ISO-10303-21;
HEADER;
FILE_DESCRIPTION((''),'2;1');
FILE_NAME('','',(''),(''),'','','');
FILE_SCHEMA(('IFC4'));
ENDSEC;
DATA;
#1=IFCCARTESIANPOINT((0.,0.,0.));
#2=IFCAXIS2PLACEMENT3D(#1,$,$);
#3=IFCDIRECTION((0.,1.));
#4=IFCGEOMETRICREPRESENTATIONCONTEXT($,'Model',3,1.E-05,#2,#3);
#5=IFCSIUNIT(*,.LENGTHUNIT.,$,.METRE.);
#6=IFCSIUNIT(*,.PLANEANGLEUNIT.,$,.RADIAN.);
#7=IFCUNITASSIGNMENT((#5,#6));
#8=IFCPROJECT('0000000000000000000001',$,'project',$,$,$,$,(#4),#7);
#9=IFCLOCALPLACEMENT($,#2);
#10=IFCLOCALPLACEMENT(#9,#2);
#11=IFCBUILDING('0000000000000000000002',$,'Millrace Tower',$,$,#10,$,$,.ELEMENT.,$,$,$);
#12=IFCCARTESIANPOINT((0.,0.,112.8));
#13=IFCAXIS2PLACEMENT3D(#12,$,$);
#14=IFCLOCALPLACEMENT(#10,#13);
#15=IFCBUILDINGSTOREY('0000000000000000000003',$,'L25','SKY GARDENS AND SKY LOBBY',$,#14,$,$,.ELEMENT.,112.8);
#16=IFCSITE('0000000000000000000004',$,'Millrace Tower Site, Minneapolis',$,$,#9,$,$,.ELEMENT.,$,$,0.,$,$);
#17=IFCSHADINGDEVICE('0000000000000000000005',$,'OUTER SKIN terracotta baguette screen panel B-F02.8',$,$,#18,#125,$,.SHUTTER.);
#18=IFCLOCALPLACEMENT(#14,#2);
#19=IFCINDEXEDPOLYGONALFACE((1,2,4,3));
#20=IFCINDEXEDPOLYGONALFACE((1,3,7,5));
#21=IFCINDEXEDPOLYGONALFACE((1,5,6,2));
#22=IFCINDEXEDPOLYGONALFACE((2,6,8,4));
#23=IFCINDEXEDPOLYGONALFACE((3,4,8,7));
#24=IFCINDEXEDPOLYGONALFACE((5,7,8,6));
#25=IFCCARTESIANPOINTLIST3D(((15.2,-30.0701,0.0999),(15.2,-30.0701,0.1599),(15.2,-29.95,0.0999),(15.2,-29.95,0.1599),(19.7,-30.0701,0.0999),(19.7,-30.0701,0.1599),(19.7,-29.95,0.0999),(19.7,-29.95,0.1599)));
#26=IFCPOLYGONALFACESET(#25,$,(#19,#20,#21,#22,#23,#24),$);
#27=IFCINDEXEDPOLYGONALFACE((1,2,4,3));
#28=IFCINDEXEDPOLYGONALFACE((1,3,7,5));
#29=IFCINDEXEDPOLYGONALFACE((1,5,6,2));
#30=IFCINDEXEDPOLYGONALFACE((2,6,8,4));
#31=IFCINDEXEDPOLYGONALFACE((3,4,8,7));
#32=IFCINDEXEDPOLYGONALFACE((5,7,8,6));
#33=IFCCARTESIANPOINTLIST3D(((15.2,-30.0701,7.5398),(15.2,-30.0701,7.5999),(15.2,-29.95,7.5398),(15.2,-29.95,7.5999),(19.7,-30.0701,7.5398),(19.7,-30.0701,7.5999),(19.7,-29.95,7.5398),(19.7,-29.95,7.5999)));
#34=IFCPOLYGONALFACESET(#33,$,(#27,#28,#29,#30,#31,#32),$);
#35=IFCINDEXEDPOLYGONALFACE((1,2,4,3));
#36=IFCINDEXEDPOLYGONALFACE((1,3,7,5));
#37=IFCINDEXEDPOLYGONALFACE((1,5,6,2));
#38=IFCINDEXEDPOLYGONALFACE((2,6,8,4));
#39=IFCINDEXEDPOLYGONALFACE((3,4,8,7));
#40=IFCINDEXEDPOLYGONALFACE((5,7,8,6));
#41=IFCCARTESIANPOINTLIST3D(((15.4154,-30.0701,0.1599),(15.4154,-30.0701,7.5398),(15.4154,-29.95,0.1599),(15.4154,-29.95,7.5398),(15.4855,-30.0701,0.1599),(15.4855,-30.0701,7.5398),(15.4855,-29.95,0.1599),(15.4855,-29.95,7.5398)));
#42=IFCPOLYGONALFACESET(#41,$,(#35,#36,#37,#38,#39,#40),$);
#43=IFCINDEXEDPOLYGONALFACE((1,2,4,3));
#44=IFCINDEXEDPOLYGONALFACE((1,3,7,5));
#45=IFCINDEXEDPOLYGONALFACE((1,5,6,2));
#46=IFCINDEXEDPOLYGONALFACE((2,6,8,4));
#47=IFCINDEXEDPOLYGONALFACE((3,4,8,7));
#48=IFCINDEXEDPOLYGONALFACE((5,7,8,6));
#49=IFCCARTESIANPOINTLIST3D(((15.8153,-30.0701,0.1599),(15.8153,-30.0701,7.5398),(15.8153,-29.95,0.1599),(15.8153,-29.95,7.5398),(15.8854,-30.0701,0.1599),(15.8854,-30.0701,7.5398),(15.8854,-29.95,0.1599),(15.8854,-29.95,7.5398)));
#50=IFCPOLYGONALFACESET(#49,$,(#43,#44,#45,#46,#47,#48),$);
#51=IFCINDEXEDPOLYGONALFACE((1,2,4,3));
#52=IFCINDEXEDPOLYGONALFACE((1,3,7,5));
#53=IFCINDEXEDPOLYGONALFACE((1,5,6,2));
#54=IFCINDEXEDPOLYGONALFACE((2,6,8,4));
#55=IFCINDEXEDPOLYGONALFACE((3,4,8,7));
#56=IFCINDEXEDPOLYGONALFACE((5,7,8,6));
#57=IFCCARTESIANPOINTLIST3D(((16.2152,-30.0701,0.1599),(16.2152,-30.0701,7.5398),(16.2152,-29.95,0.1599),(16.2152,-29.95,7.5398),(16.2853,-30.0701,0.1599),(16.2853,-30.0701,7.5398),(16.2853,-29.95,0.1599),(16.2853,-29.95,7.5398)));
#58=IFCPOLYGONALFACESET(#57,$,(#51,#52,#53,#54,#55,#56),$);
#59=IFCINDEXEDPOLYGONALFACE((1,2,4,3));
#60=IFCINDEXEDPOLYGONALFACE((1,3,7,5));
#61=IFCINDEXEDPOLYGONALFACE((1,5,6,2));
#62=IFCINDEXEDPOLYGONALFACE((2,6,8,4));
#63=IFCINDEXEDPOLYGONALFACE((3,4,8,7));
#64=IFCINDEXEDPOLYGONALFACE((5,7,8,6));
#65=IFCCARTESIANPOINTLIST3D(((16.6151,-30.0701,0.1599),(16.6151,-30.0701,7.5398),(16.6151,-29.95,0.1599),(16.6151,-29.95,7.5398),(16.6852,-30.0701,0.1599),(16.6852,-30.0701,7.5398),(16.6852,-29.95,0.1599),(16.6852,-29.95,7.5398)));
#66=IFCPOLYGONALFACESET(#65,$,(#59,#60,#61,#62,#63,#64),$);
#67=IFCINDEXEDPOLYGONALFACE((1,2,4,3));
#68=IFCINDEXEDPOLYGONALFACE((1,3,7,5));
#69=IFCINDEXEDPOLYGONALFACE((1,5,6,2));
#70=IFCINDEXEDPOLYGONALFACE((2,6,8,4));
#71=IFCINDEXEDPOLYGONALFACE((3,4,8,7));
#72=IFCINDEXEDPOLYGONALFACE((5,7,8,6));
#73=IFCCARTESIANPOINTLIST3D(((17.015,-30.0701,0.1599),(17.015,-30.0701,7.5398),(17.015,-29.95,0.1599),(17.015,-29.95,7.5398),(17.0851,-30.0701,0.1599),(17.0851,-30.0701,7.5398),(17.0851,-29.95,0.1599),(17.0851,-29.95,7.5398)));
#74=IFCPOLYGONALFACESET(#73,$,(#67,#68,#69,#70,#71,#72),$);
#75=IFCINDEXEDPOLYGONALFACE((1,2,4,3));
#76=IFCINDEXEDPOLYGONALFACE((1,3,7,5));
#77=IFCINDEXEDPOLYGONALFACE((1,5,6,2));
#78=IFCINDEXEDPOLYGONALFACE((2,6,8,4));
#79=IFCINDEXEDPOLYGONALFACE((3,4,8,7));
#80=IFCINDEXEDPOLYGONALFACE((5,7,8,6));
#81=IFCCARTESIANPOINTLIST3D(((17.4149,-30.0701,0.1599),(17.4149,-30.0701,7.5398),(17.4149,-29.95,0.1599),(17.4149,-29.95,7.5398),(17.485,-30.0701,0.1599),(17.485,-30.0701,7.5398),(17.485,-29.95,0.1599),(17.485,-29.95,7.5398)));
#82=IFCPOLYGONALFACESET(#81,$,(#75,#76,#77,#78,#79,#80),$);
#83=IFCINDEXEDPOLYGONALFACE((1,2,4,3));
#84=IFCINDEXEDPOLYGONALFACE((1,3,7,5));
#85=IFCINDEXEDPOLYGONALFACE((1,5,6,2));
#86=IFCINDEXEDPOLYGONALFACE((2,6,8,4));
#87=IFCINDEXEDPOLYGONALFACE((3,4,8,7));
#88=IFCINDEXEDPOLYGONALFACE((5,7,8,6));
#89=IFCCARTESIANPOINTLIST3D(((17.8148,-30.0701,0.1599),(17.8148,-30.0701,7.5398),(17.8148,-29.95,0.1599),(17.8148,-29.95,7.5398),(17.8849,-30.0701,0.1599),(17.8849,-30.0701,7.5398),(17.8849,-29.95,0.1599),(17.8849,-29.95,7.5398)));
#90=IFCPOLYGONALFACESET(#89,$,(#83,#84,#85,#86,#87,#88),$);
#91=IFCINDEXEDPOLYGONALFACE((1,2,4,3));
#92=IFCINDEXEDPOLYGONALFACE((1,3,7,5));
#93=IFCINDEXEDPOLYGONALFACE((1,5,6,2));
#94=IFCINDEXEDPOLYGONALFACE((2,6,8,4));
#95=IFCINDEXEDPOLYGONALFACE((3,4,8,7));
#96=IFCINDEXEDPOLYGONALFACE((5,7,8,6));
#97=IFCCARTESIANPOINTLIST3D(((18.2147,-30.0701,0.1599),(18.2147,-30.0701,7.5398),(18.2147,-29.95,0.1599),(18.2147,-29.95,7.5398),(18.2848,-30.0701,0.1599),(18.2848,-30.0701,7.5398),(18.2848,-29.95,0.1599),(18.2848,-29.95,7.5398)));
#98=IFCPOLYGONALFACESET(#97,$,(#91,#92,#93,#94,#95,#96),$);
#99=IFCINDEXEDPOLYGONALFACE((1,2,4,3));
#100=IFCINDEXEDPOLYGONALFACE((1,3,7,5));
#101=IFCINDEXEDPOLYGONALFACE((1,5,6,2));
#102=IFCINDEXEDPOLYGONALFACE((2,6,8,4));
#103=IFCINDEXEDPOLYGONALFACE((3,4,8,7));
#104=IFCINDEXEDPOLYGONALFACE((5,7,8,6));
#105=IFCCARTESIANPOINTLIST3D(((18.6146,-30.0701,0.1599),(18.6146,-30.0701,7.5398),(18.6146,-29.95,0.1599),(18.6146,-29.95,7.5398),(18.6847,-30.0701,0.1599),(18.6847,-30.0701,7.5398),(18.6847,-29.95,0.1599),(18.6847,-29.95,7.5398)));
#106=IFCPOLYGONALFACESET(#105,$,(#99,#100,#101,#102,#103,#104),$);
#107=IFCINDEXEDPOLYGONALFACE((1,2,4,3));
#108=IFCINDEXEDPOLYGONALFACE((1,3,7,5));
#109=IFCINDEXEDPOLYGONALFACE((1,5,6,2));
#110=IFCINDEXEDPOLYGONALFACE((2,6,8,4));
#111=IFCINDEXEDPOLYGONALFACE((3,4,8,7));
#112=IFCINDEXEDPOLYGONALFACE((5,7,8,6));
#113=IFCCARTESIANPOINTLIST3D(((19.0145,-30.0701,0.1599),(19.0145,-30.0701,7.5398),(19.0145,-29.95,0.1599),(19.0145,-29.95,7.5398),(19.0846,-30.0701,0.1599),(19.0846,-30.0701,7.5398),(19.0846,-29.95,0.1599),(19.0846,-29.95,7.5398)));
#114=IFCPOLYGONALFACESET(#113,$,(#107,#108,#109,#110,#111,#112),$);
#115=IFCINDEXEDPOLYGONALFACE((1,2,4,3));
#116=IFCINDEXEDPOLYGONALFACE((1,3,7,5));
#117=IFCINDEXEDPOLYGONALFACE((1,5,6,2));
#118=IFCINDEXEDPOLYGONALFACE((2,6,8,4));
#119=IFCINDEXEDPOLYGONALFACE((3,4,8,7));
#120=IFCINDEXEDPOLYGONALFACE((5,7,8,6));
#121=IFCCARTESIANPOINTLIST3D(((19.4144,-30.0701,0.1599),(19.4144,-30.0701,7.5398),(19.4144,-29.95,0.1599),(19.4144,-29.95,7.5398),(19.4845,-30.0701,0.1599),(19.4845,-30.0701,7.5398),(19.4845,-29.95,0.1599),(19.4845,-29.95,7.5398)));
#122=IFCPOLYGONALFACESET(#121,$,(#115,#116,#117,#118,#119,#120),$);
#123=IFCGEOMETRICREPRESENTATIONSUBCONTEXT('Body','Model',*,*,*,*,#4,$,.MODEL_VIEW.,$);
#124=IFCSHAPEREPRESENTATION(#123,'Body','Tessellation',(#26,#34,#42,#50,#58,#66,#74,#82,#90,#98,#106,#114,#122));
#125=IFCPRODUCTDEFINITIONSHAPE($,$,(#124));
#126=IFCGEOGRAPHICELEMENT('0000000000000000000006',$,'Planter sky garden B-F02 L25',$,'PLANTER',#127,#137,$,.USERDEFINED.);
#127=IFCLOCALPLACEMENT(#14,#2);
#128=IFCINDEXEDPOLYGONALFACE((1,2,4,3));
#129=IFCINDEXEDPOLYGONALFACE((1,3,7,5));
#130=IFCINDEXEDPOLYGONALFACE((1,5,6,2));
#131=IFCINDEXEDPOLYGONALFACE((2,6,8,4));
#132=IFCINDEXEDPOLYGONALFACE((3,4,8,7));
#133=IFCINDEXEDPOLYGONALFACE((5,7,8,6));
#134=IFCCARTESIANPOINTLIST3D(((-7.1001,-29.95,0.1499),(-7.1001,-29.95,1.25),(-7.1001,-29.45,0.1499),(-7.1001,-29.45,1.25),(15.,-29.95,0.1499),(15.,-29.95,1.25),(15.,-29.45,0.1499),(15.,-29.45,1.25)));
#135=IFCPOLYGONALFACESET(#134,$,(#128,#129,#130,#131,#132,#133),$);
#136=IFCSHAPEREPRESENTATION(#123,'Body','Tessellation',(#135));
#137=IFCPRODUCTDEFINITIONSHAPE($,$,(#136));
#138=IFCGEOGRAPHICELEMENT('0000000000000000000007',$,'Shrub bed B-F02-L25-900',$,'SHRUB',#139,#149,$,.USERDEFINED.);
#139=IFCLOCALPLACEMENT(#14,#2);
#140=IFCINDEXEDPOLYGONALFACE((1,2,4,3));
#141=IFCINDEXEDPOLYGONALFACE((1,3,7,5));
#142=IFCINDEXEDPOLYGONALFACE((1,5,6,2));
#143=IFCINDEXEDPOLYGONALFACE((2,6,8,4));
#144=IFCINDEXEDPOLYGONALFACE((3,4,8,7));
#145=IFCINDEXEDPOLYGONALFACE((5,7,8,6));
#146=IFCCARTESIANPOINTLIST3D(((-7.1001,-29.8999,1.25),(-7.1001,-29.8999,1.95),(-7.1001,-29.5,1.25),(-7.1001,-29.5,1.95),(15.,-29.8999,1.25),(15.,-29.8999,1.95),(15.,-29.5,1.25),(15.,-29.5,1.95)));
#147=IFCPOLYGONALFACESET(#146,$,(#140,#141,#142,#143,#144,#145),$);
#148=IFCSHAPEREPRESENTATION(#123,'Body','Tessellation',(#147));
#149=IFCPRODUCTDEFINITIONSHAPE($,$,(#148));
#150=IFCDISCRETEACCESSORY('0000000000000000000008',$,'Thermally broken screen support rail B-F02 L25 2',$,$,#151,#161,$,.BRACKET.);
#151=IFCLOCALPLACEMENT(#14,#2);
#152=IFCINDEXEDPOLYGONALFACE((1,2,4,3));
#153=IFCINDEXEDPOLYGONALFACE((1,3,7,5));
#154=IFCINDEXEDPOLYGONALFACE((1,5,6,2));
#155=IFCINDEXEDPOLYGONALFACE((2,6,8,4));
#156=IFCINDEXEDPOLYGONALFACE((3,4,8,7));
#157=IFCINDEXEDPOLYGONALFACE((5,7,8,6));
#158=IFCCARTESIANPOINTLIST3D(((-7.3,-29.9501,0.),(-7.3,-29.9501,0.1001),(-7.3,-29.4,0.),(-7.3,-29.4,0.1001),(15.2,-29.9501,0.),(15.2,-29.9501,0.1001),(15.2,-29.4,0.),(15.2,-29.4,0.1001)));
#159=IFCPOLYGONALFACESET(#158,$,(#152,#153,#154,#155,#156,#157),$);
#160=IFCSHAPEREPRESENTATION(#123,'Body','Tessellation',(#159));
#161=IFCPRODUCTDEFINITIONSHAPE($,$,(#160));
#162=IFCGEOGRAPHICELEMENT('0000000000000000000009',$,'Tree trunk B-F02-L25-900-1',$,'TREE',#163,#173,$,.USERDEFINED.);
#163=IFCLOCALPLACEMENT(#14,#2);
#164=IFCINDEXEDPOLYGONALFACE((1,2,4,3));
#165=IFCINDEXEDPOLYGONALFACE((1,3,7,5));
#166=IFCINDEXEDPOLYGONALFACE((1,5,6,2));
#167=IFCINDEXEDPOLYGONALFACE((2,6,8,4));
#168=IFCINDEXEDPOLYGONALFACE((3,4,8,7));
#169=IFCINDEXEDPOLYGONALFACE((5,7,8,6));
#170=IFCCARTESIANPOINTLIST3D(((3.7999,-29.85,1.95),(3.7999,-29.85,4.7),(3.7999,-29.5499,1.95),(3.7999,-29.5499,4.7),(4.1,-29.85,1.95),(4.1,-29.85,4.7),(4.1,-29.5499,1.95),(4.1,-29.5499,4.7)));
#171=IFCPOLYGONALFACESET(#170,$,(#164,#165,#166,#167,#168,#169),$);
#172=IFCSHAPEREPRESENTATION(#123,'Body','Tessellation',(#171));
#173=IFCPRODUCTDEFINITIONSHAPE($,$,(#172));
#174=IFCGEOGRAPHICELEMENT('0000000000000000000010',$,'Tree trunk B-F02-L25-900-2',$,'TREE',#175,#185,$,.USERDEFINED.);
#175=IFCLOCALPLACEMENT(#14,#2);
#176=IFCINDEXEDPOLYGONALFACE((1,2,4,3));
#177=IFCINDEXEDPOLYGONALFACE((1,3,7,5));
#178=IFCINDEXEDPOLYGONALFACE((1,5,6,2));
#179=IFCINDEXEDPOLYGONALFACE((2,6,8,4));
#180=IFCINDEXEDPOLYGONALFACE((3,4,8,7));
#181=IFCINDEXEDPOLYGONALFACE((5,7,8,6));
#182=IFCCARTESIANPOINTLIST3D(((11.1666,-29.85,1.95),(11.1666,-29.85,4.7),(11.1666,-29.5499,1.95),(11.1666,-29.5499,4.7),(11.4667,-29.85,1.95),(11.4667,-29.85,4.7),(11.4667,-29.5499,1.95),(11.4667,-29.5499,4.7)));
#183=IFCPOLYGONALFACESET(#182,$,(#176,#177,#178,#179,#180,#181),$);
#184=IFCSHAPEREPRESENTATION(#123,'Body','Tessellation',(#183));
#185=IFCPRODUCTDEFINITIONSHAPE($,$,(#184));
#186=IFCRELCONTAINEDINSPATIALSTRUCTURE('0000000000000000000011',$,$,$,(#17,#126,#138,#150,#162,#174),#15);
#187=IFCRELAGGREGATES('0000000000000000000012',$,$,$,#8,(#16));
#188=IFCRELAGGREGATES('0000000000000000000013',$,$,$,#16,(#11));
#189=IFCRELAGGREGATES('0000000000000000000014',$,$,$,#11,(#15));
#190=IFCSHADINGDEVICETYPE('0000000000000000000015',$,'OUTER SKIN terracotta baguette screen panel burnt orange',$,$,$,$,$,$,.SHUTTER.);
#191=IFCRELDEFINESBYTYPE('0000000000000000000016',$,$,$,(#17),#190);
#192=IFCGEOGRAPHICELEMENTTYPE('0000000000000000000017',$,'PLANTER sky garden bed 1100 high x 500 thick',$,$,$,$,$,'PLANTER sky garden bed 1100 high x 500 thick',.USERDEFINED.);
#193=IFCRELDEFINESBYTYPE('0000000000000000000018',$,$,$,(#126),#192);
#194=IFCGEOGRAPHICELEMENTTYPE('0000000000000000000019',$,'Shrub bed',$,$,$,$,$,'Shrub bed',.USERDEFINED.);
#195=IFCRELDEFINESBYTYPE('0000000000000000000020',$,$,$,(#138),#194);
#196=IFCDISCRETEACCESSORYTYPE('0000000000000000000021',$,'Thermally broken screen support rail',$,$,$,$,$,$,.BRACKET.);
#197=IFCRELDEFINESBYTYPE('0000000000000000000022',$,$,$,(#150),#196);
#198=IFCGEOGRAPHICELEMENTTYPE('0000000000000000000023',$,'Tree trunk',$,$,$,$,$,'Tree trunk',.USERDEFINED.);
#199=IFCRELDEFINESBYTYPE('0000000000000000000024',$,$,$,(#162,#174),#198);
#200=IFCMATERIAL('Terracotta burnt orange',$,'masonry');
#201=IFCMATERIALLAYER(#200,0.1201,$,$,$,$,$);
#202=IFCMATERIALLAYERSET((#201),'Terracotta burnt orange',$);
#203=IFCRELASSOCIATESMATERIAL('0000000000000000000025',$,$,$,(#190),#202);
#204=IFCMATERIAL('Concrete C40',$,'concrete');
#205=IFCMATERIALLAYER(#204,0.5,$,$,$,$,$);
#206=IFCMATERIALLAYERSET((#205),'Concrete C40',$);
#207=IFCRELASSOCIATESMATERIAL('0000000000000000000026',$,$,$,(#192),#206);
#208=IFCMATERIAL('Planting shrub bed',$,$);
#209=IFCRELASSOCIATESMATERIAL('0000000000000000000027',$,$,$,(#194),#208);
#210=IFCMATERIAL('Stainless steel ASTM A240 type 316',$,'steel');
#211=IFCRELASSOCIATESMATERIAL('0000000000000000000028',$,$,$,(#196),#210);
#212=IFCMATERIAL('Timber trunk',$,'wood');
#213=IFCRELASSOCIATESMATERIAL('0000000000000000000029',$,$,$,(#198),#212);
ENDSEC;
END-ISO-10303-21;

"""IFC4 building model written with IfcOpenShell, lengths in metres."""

from ifc_helpers import new_model, entity, si_unit, direction, frame, frame_2d, origin, origin_2d, place, context, subcontext, project, spatial, rectangle, extrude, source, transform, mapped, material, layer, layer_set, type_object, element, save


model = new_model("IFC4")

# Units and contexts
model_context = context("Model", 3, precision=1e-05, world=origin(), true_north=direction((0.0, 1.0)))
body_context = subcontext(model_context, "Body", "Model", "MODEL_VIEW")
ifc_project = project(units=[si_unit("LENGTHUNIT", "METRE"), si_unit("PLANEANGLEUNIT", "RADIAN")], contexts=[model_context])

# Site, building, storey
site_placement = place(None, origin())
site = spatial("IfcSite", under=ifc_project, at=site_placement, Name="Millrace Tower Site, Minneapolis", CompositionType="ELEMENT", RefElevation=0.0)
building_placement = place(site_placement, origin())
building = spatial("IfcBuilding", under=site, at=building_placement, Name="Millrace Tower", CompositionType="ELEMENT")
storey_placement = place(building_placement, frame((0.0, 0.0, 112.8)))
storey = spatial("IfcBuildingStorey", under=building, at=storey_placement, Name="L25", Description="SKY GARDENS AND SKY LOBBY", CompositionType="ELEMENT", Elevation=112.8)

# Shading device
ifc_material_1 = material(Name="Terracotta burnt orange", Category="masonry")
ifc_layer_1 = layer(ifc_material_1, 0.1201)
ifc_layer_set_1 = layer_set([ifc_layer_1], Name="Terracotta burnt orange")
shading_device_type = type_object("IfcShadingDeviceType", Name="OUTER SKIN terracotta baguette screen panel burnt orange", PredefinedType="SHUTTER", material=ifc_layer_set_1)
cartesian_point = entity("IfcCartesianPoint", [-2.25, 0.0601])
shared_polyline = entity("IfcPolyline", [cartesian_point, entity("IfcCartesianPoint", [2.25, 0.0601]), entity("IfcCartesianPoint", [2.25, -0.0601]), entity("IfcCartesianPoint", [-2.25, -0.0601]), cartesian_point])
shared_shape = source(origin(), body_context, "Body", "SweptSolid", [
    entity("IfcExtrudedAreaSolid", entity("IfcArbitraryClosedProfileDef", "AREA", None, shared_polyline), entity("IfcAxis2Placement3D", entity("IfcCartesianPoint", [0.0, 0.0, 0.0])), entity("IfcDirection", [0.0, 0.0, 1.0]), 0.0601),
    entity("IfcExtrudedAreaSolid", entity("IfcArbitraryClosedProfileDef", "AREA", None, shared_polyline), entity("IfcAxis2Placement3D", entity("IfcCartesianPoint", [0.0, 0.0, 7.4399])), entity("IfcDirection", [0.0, 0.0, 1.0]), 0.0601),
    extrude(rectangle(XDim=0.0701, YDim=0.1201, at=frame_2d((-1.9995, 0.0))), frame((0.0, 0.0, 0.0601)), (0.0, 0.0, 1.0), 7.3799),
    extrude(rectangle(XDim=0.0701, YDim=0.1201, at=frame_2d((-1.5996, 0.0))), frame((0.0, 0.0, 0.0601)), (0.0, 0.0, 1.0), 7.3799),
    extrude(rectangle(XDim=0.0701, YDim=0.1201, at=frame_2d((-1.1997, 0.0))), frame((0.0, 0.0, 0.0601)), (0.0, 0.0, 1.0), 7.3799),
    extrude(rectangle(XDim=0.0701, YDim=0.1201, at=frame_2d((-0.7998, 0.0))), frame((0.0, 0.0, 0.0601)), (0.0, 0.0, 1.0), 7.3799),
    extrude(rectangle(XDim=0.0701, YDim=0.1201, at=frame_2d((-0.3999, 0.0))), frame((0.0, 0.0, 0.0601)), (0.0, 0.0, 1.0), 7.3799),
    extrude(rectangle(XDim=0.0701, YDim=0.1201, at=origin_2d()), frame((0.0, 0.0, 0.0601)), (0.0, 0.0, 1.0), 7.3799),
    extrude(rectangle(XDim=0.0701, YDim=0.1201, at=frame_2d((0.3999, 0.0))), frame((0.0, 0.0, 0.0601)), (0.0, 0.0, 1.0), 7.3799),
    extrude(rectangle(XDim=0.0701, YDim=0.1201, at=frame_2d((0.7998, 0.0))), frame((0.0, 0.0, 0.0601)), (0.0, 0.0, 1.0), 7.3799),
    extrude(rectangle(XDim=0.0701, YDim=0.1201, at=frame_2d((1.1997, 0.0))), frame((0.0, 0.0, 0.0601)), (0.0, 0.0, 1.0), 7.3799),
    extrude(rectangle(XDim=0.0701, YDim=0.1201, at=frame_2d((1.5996, 0.0))), frame((0.0, 0.0, 0.0601)), (0.0, 0.0, 1.0), 7.3799),
    extrude(rectangle(XDim=0.0701, YDim=0.1201, at=frame_2d((1.9995, 0.0))), frame((0.0, 0.0, 0.0601)), (0.0, 0.0, 1.0), 7.3799),
])
shading_device_placement = place(storey_placement, frame((17.45, -30.01, 0.0999), z_axis=(0.0, 0.0, 1.0), x_axis=(1.0, 0.0, 0.0)))
element("IfcShadingDevice", 1, at=shading_device_placement, inside=storey, type_object=shading_device_type, Name="OUTER SKIN terracotta baguette screen panel B-F02.8", PredefinedType="SHUTTER", context=body_context, shape_type="MappedRepresentation", body=[
    mapped(shared_shape, transform((0.0, 0.0, 0.0), scale=1.0)),
])

# Geographic elements
ifc_material_2 = material(Name="Concrete C40", Category="concrete")
ifc_layer_2 = layer(ifc_material_2, 0.5)
ifc_layer_set_2 = layer_set([ifc_layer_2], Name="Concrete C40")
geographic_element_type_1 = type_object("IfcGeographicElementType", Name="PLANTER sky garden bed 1100 high x 500 thick", ElementType="PLANTER sky garden bed 1100 high x 500 thick", PredefinedType="USERDEFINED", material=ifc_layer_set_2)
geographic_element_1_placement = place(storey_placement, frame((3.95, -29.7, 0.1499), z_axis=(0.0, 0.0, 1.0), x_axis=(1.0, 0.0, 0.0)))
element("IfcGeographicElement", 2, at=geographic_element_1_placement, inside=storey, type_object=geographic_element_type_1, Name="Planter sky garden B-F02 L25", ObjectType="PLANTER", PredefinedType="USERDEFINED", context=body_context, shape_type="SweptSolid", body=[
    extrude(rectangle(XDim=22.1001, YDim=0.5, at=origin_2d()), origin(), (0.0, 0.0, 1.0), 1.1001),
])
ifc_material_3 = material(Name="Planting shrub bed")
geographic_element_type_2 = type_object("IfcGeographicElementType", Name="Shrub bed", ElementType="Shrub bed", PredefinedType="USERDEFINED", material=ifc_material_3)
geographic_element_2_placement = place(storey_placement, frame((3.95, -29.7, 1.25), z_axis=(0.0, 0.0, 1.0), x_axis=(1.0, 0.0, 0.0)))
element("IfcGeographicElement", 3, at=geographic_element_2_placement, inside=storey, type_object=geographic_element_type_2, Name="Shrub bed B-F02-L25-900", ObjectType="SHRUB", PredefinedType="USERDEFINED", context=body_context, shape_type="SweptSolid", body=[
    extrude(rectangle(XDim=22.1001, YDim=0.3999, at=origin_2d()), origin(), (0.0, 0.0, 1.0), 0.7),
])

# Discrete accessory
ifc_material_4 = material(Name="Stainless steel ASTM A240 type 316", Category="steel")
discrete_accessory_type = type_object("IfcDiscreteAccessoryType", Name="Thermally broken screen support rail", PredefinedType="BRACKET", material=ifc_material_4)
discrete_accessory_placement = place(storey_placement, frame((3.95, -29.675, 0.0), z_axis=(0.0, 0.0, 1.0), x_axis=(1.0, 0.0, 0.0)))
element("IfcDiscreteAccessory", 4, at=discrete_accessory_placement, inside=storey, type_object=discrete_accessory_type, Name="Thermally broken screen support rail B-F02 L25 2", PredefinedType="BRACKET", context=body_context, shape_type="SweptSolid", body=[
    extrude(rectangle(XDim=22.5, YDim=0.55, at=origin_2d()), origin(), (0.0, 0.0, 1.0), 0.1001),
])

# Geographic elements
ifc_material_5 = material(Name="Timber trunk", Category="wood")
geographic_element_type_3 = type_object("IfcGeographicElementType", Name="Tree trunk", ElementType="Tree trunk", PredefinedType="USERDEFINED", material=ifc_material_5)
for number, where, z_axis, x_axis, name in (
    (5, (3.95, -29.7, 1.95), (0.0, 0.0, 1.0), (1.0, 0.0, 0.0), "Tree trunk B-F02-L25-900-1"),
    (6, (11.3167, -29.7, 1.95), (0.0, 0.0, 1.0), (1.0, 0.0, 0.0), "Tree trunk B-F02-L25-900-2"),
):
    element("IfcGeographicElement", number, at=place(storey_placement, frame(where, z_axis=z_axis, x_axis=x_axis)), inside=storey, type_object=geographic_element_type_3, Name=name, ObjectType="TREE", PredefinedType="USERDEFINED", context=body_context, shape_type="SweptSolid", body=[
        extrude(rectangle(XDim=0.3, YDim=0.3, at=origin_2d()), origin(), (0.0, 0.0, 1.0), 2.75),
    ])

save(model, "model.ifc")
